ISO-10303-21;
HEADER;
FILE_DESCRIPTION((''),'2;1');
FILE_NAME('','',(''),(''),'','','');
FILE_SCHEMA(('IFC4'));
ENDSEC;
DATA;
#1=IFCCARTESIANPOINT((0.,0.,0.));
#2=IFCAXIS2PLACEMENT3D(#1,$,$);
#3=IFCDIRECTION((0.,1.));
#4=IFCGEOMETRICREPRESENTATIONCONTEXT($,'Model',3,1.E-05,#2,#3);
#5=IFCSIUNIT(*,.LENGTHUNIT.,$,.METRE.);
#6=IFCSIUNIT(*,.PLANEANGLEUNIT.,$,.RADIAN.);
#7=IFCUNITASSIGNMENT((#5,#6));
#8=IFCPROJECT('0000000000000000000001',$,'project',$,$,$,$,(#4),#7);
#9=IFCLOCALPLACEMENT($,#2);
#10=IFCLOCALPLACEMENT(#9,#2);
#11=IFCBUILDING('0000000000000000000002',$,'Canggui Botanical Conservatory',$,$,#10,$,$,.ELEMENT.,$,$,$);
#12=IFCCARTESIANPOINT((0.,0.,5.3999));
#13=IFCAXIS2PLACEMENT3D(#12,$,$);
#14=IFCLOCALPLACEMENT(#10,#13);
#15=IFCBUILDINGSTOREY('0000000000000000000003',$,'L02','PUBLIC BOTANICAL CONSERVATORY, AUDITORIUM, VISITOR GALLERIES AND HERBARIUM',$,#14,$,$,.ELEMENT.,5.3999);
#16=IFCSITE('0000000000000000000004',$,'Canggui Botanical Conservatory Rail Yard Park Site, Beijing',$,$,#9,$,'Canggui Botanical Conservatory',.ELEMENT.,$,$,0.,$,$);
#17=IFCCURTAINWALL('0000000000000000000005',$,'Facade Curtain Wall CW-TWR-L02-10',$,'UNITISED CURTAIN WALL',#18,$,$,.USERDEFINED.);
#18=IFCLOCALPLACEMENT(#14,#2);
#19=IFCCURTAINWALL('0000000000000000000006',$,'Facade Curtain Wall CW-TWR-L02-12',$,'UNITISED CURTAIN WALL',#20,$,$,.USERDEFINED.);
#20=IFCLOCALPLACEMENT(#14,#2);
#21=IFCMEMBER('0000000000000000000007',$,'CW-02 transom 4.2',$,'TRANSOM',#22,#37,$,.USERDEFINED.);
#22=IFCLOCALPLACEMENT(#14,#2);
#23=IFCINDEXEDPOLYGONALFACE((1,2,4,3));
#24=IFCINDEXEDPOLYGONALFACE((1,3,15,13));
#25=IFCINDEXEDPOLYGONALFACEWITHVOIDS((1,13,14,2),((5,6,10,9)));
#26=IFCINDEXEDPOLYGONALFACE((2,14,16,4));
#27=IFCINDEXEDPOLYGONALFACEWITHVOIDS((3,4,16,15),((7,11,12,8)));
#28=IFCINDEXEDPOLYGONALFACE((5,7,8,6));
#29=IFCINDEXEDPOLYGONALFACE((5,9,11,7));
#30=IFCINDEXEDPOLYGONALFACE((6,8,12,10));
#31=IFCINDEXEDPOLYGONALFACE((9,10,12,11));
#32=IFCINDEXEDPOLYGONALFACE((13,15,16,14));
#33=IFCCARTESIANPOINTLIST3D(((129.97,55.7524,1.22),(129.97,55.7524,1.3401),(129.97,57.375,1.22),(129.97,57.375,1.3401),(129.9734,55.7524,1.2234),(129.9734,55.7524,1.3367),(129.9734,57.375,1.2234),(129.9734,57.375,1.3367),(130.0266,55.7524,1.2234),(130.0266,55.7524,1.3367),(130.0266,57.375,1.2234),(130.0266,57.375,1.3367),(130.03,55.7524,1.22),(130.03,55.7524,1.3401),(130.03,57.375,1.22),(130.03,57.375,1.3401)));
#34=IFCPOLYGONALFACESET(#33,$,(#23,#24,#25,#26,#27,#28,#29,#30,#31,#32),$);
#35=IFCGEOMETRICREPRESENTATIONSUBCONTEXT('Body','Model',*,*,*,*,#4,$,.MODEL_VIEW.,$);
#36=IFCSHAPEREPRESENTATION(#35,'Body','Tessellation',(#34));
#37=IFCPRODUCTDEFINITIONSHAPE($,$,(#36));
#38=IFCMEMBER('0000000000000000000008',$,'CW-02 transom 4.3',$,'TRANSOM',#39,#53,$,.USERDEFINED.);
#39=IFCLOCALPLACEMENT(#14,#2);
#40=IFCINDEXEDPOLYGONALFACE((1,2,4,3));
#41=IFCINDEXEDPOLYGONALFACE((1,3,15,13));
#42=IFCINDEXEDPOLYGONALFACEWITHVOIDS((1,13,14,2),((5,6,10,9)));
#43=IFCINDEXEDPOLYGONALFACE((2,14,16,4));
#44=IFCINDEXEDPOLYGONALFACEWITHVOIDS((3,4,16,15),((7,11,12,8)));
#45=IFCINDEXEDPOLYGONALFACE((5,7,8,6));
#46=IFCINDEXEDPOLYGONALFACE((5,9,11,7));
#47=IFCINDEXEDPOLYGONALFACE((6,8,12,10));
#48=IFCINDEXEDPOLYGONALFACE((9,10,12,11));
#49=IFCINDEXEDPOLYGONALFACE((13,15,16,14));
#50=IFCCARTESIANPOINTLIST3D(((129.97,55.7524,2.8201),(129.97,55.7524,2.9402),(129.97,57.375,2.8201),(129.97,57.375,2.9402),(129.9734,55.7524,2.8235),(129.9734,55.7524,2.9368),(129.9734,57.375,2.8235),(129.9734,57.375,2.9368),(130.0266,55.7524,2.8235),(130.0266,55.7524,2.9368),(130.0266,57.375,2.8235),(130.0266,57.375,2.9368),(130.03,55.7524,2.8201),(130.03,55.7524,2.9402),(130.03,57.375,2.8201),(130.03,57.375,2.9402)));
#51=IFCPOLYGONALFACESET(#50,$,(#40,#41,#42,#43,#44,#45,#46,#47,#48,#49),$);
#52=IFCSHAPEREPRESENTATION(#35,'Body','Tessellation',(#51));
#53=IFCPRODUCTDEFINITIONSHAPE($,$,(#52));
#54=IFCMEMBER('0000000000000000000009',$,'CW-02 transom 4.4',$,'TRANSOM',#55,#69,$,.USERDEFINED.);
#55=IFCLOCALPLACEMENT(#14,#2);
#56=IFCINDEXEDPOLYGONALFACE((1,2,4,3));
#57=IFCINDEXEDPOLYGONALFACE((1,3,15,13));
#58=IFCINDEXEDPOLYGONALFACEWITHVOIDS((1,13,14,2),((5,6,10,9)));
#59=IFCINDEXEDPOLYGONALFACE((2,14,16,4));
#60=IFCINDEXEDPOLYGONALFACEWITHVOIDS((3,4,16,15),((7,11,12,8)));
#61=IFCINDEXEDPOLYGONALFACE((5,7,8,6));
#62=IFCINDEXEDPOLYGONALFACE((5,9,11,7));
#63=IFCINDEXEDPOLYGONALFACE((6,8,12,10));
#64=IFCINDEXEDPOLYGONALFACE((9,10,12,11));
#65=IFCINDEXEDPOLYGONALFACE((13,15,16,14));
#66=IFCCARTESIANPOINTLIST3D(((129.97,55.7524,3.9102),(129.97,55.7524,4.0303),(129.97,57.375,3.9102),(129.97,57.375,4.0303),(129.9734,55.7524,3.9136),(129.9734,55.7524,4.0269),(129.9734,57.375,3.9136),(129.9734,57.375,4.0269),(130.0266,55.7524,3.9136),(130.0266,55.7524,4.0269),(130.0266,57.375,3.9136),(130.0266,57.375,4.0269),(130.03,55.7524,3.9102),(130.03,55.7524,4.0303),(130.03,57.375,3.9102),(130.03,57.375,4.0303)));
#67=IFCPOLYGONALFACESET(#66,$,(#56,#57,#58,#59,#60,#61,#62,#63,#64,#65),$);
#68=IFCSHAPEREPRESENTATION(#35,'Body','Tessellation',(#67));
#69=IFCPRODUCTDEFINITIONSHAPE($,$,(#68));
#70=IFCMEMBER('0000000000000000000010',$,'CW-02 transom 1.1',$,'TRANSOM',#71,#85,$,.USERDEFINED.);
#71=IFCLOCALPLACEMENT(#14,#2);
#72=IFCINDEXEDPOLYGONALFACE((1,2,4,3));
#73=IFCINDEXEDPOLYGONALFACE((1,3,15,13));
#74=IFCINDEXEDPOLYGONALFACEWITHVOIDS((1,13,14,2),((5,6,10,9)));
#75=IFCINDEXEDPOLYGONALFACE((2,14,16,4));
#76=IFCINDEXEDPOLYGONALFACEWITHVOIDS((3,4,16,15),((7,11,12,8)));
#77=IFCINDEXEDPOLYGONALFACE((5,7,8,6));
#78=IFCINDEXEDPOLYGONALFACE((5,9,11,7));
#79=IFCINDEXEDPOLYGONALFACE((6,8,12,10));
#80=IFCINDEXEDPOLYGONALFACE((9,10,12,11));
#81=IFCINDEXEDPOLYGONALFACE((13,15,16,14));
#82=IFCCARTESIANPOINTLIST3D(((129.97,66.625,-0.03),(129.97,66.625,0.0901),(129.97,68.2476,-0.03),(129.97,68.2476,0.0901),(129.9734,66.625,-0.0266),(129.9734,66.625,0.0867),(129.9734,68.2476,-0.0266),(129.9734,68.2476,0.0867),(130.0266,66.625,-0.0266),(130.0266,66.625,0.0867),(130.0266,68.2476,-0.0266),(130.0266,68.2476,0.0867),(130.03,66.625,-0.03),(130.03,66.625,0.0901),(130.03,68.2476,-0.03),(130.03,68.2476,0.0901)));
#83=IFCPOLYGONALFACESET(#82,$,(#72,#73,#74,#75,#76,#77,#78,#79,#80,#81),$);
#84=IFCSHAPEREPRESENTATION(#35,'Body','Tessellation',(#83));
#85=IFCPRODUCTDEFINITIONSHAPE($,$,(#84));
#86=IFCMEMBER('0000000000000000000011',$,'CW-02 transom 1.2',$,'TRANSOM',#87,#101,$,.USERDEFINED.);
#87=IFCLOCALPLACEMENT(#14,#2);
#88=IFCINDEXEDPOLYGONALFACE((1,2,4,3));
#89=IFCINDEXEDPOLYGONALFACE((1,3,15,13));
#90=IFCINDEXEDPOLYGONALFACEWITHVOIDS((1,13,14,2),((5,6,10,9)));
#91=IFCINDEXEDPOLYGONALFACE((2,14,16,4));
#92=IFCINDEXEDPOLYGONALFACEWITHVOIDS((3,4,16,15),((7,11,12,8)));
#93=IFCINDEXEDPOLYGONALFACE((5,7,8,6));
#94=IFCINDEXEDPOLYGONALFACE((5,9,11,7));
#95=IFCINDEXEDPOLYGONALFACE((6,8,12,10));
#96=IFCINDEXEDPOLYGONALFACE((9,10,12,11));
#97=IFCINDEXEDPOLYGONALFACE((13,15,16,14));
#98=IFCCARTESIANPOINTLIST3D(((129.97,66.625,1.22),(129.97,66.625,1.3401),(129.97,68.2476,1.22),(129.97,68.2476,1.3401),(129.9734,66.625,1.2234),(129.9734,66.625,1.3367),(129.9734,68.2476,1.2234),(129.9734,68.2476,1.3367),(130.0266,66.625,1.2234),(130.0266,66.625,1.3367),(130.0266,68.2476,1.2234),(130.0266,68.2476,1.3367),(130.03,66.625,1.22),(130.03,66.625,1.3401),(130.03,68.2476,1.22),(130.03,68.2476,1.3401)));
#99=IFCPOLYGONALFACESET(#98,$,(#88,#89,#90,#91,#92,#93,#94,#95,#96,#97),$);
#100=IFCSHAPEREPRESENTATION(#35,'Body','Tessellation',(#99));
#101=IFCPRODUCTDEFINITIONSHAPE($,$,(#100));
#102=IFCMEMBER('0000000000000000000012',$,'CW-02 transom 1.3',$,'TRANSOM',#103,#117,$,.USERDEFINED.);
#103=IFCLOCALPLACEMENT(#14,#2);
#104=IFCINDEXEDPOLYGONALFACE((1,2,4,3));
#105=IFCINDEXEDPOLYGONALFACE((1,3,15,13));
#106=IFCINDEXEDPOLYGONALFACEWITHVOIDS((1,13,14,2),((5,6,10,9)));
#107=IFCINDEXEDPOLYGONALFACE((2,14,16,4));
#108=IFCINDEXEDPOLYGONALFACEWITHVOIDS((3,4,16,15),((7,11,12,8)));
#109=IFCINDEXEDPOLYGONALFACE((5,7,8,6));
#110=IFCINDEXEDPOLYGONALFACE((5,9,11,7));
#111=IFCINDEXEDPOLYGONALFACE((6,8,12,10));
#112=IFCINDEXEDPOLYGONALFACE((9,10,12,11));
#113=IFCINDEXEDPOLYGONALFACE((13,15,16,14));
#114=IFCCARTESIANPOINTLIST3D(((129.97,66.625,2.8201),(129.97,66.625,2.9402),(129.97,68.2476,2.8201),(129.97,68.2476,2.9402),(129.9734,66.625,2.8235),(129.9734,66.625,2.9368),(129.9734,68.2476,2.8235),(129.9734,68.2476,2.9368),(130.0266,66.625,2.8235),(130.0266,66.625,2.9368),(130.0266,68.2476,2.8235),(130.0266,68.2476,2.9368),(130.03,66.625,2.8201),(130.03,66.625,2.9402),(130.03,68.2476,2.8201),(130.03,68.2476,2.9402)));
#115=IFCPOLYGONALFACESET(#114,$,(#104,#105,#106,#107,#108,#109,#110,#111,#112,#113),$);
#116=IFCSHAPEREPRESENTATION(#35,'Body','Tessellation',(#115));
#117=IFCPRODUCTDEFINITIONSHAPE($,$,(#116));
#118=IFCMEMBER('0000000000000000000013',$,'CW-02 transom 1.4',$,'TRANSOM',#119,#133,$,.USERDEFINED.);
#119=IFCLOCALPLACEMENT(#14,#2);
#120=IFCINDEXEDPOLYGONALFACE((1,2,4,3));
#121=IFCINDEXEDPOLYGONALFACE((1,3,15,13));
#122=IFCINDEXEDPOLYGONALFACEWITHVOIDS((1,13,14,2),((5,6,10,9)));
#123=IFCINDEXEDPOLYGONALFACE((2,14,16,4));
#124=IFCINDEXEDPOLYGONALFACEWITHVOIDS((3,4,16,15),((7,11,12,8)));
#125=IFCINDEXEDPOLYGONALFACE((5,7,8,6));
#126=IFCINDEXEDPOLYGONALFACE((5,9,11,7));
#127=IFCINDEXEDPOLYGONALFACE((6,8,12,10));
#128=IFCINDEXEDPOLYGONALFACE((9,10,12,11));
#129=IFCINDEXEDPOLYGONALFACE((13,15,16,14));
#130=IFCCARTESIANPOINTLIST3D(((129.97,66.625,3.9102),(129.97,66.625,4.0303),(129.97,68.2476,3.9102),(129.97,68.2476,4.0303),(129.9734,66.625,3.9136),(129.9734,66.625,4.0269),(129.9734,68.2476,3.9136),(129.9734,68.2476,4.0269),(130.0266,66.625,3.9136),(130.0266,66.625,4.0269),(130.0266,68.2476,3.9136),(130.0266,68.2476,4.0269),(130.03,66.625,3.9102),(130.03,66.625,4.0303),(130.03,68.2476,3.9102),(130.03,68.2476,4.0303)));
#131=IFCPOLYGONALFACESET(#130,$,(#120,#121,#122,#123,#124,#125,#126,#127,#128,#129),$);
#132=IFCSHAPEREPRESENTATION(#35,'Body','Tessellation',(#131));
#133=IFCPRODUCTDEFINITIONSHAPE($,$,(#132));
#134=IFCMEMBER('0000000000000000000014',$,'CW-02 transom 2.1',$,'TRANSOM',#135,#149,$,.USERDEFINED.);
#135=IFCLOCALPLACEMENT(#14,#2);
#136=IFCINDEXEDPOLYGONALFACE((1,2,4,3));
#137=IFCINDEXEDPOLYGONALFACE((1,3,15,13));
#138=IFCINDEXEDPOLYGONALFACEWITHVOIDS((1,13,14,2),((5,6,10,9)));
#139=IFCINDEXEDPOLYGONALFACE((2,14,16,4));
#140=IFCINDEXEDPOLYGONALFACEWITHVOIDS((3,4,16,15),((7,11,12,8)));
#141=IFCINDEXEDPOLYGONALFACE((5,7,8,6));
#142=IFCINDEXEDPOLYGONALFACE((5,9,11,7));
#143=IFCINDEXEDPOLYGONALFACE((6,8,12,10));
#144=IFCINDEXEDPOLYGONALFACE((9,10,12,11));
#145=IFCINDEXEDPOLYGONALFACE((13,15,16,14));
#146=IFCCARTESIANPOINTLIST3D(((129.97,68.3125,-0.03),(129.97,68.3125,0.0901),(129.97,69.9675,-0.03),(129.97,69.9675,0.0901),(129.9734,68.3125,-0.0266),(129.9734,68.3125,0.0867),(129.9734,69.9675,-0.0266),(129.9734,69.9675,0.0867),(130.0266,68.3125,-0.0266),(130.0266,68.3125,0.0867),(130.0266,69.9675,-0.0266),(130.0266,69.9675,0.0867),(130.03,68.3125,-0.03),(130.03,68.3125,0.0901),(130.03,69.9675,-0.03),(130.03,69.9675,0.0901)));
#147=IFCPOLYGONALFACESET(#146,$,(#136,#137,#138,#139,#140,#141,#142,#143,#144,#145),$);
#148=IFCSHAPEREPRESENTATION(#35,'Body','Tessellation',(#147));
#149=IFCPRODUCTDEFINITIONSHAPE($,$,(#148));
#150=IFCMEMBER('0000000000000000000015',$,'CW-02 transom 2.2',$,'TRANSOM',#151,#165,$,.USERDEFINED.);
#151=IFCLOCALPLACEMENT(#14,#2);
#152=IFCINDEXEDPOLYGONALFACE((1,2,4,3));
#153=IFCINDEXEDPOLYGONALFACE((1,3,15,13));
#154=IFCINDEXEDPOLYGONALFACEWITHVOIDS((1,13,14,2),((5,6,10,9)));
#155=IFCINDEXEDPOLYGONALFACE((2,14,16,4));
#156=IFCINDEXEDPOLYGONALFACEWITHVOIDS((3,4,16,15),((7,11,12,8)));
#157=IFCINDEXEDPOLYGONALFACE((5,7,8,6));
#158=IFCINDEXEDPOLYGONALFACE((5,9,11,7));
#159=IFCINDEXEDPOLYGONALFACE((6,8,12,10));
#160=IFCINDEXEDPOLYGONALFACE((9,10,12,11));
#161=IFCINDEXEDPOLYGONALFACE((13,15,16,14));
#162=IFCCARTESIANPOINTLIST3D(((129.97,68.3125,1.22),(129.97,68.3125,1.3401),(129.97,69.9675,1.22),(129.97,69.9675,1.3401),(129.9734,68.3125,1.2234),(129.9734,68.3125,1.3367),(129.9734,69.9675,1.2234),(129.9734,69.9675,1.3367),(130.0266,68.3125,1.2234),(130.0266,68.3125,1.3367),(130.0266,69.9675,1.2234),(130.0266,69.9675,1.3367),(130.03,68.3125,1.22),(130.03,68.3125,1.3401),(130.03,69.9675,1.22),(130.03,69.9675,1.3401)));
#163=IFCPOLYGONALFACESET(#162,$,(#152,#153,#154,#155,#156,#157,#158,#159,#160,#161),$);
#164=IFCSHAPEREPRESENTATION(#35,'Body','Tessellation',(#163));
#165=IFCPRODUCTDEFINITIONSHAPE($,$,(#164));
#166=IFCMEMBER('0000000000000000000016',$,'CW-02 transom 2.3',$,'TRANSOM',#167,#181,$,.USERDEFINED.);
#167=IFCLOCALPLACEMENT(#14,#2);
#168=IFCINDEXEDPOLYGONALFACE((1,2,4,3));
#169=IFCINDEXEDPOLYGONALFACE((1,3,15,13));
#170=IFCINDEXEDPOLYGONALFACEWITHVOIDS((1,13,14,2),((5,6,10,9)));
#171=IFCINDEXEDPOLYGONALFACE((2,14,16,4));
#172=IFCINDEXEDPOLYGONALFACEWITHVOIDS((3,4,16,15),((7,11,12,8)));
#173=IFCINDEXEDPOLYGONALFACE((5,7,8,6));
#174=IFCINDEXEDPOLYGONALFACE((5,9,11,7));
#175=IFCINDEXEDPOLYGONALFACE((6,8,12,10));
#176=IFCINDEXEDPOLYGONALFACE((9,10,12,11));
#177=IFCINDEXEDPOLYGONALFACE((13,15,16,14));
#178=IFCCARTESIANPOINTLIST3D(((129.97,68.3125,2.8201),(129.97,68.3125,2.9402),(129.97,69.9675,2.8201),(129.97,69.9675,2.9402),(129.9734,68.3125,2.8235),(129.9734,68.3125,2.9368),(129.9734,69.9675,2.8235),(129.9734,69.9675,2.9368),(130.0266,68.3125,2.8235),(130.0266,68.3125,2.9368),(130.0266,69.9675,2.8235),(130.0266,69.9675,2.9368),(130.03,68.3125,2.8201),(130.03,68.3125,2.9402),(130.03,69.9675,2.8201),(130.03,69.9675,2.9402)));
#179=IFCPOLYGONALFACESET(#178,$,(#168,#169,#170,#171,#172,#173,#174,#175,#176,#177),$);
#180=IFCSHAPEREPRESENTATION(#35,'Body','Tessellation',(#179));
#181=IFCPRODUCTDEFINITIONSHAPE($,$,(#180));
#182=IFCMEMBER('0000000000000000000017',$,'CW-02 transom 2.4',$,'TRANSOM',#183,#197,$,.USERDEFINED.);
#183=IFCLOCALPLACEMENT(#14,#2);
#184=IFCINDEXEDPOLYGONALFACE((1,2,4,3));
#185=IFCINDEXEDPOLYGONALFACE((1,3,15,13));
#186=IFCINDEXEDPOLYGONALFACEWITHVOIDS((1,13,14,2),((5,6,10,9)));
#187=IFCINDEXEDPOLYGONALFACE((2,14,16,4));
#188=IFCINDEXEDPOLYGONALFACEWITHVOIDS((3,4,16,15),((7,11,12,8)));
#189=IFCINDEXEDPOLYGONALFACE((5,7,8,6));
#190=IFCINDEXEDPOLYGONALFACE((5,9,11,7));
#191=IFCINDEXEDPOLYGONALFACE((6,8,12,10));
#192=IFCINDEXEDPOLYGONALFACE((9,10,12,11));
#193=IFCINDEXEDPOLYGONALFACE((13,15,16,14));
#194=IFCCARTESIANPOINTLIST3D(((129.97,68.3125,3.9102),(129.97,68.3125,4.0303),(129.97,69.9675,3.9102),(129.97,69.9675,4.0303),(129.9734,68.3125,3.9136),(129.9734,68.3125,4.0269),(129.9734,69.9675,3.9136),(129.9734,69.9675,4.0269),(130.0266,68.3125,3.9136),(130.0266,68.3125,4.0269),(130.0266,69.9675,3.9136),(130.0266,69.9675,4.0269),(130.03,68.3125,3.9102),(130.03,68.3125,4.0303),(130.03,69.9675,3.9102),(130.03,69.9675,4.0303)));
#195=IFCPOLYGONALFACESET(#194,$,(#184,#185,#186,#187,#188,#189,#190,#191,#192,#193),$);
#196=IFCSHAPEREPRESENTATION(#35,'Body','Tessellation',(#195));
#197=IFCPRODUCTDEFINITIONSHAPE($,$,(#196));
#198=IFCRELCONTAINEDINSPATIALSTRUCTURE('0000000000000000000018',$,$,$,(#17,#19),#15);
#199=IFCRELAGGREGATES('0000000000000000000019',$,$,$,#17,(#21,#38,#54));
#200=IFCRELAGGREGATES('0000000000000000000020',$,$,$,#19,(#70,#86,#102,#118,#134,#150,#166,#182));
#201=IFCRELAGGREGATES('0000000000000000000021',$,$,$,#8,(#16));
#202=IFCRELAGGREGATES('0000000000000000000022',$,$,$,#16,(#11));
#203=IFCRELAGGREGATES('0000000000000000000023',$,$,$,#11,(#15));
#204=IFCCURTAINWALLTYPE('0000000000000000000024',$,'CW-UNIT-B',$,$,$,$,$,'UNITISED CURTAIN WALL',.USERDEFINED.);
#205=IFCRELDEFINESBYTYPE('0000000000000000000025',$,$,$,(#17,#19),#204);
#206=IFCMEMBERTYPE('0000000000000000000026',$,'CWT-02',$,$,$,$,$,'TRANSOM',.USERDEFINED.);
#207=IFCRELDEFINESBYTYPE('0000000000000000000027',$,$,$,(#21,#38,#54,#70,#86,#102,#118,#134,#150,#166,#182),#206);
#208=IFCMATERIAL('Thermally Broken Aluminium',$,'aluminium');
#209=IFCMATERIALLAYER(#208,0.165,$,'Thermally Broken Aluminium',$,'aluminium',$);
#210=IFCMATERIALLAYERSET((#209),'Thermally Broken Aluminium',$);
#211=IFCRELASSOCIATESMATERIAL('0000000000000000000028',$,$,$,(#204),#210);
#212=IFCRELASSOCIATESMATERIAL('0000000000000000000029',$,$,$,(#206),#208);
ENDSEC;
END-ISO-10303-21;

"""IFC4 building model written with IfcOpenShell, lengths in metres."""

from ifc_helpers import new_model, si_unit, direction, frame, origin, origin_2d, place, context, subcontext, project, spatial, hollow_rectangle, extrude, material, layer, layer_set, material_profile, profile_set, type_object, element, aggregate, save


model = new_model("IFC4")

# Units and contexts
model_context = context("Model", 3, precision=1e-05, world=origin(), true_north=direction((0.0, 1.0)))
body_context = subcontext(model_context, "Body", "Model", "MODEL_VIEW")
ifc_project = project(units=[si_unit("LENGTHUNIT", "METRE"), si_unit("PLANEANGLEUNIT", "RADIAN")], contexts=[model_context])

# Site, building, storey
site_placement = place(None, origin())
site = spatial("IfcSite", under=ifc_project, at=site_placement, Name="Canggui Botanical Conservatory Rail Yard Park Site, Beijing", LongName="Canggui Botanical Conservatory", CompositionType="ELEMENT", RefElevation=0.0)
building_placement = place(site_placement, origin())
building = spatial("IfcBuilding", under=site, at=building_placement, Name="Canggui Botanical Conservatory", CompositionType="ELEMENT")
storey_placement = place(building_placement, frame((0.0, 0.0, 5.3999)))
storey = spatial("IfcBuildingStorey", under=building, at=storey_placement, Name="L02", Description="PUBLIC BOTANICAL CONSERVATORY, AUDITORIUM, VISITOR GALLERIES AND HERBARIUM", CompositionType="ELEMENT", Elevation=5.3999)

# Curtain walls
ifc_material_1 = material(Name="Thermally Broken Aluminium", Category="aluminium")
ifc_layer_1 = layer(ifc_material_1, 0.165, Name="Thermally Broken Aluminium", Category="aluminium")
ifc_layer_set_1 = layer_set([ifc_layer_1], Name="Thermally Broken Aluminium")
curtain_wall_type = type_object("IfcCurtainWallType", Name="CW-UNIT-B", ElementType="UNITISED CURTAIN WALL", PredefinedType="USERDEFINED", material=ifc_layer_set_1)
curtain_wall_1_placement = place(storey_placement, origin())
curtain_wall_1 = element("IfcCurtainWall", 1, at=curtain_wall_1_placement, inside=storey, type_object=curtain_wall_type, Name="Facade Curtain Wall CW-TWR-L02-10", ObjectType="UNITISED CURTAIN WALL", PredefinedType="USERDEFINED")
curtain_wall_2_placement = place(storey_placement, origin())
curtain_wall_2 = element("IfcCurtainWall", 2, at=curtain_wall_2_placement, inside=storey, type_object=curtain_wall_type, Name="Facade Curtain Wall CW-TWR-L02-12", ObjectType="UNITISED CURTAIN WALL", PredefinedType="USERDEFINED")

# Members
ifc_material_profile_1 = material_profile(ifc_material_1, hollow_rectangle(XDim=0.0601, YDim=0.1201, WallThickness=0.0034, at=origin_2d()), Name="CWT 60x120x3.5")
ifc_profile_set_1 = profile_set([ifc_material_profile_1], Name="Thermally Broken Aluminium")
member_type_1 = type_object("IfcMemberType", Name="CWT-02", ElementType="TRANSOM", PredefinedType="USERDEFINED", material=ifc_profile_set_1)
member_1_placement = place(storey_placement, frame((130.0, 55.7524, 1.28), z_axis=(0.0, 1.0, 0.0), x_axis=(-1.0, 0.0, 0.0)))
member_1 = element("IfcMember", 3, at=member_1_placement, type_object=member_type_1, Name="CW-02 transom 4.2", ObjectType="TRANSOM", PredefinedType="USERDEFINED", context=body_context, shape_type="SweptSolid", body=[
    extrude(hollow_rectangle(XDim=0.0601, YDim=0.1201, WallThickness=0.0034, at=origin_2d()), origin(), (0.0, 0.0, 1.0), 1.6226),
])
member_2_placement = place(storey_placement, frame((130.0, 55.7524, 2.8801), z_axis=(0.0, 1.0, 0.0), x_axis=(-1.0, 0.0, 0.0)))
member_2 = element("IfcMember", 4, at=member_2_placement, type_object=member_type_1, Name="CW-02 transom 4.3", ObjectType="TRANSOM", PredefinedType="USERDEFINED", context=body_context, shape_type="SweptSolid", body=[
    extrude(hollow_rectangle(XDim=0.0601, YDim=0.1201, WallThickness=0.0034, at=origin_2d()), origin(), (0.0, 0.0, 1.0), 1.6226),
])
member_3_placement = place(storey_placement, frame((130.0, 55.7524, 3.9702), z_axis=(0.0, 1.0, 0.0), x_axis=(-1.0, 0.0, 0.0)))
member_3 = element("IfcMember", 5, at=member_3_placement, type_object=member_type_1, Name="CW-02 transom 4.4", ObjectType="TRANSOM", PredefinedType="USERDEFINED", context=body_context, shape_type="SweptSolid", body=[
    extrude(hollow_rectangle(XDim=0.0601, YDim=0.1201, WallThickness=0.0034, at=origin_2d()), origin(), (0.0, 0.0, 1.0), 1.6226),
])
member_4_placement = place(storey_placement, frame((130.0, 66.625, 0.03), z_axis=(0.0, 1.0, 0.0), x_axis=(-1.0, 0.0, 0.0)))
member_4 = element("IfcMember", 6, at=member_4_placement, type_object=member_type_1, Name="CW-02 transom 1.1", ObjectType="TRANSOM", PredefinedType="USERDEFINED", context=body_context, shape_type="SweptSolid", body=[
    extrude(hollow_rectangle(XDim=0.0601, YDim=0.1201, WallThickness=0.0034, at=origin_2d()), origin(), (0.0, 0.0, 1.0), 1.6226),
])
member_5_placement = place(storey_placement, frame((130.0, 66.625, 1.28), z_axis=(0.0, 1.0, 0.0), x_axis=(-1.0, 0.0, 0.0)))
member_5 = element("IfcMember", 7, at=member_5_placement, type_object=member_type_1, Name="CW-02 transom 1.2", ObjectType="TRANSOM", PredefinedType="USERDEFINED", context=body_context, shape_type="SweptSolid", body=[
    extrude(hollow_rectangle(XDim=0.0601, YDim=0.1201, WallThickness=0.0034, at=origin_2d()), origin(), (0.0, 0.0, 1.0), 1.6226),
])
member_6_placement = place(storey_placement, frame((130.0, 66.625, 2.8801), z_axis=(0.0, 1.0, 0.0), x_axis=(-1.0, 0.0, 0.0)))
member_6 = element("IfcMember", 8, at=member_6_placement, type_object=member_type_1, Name="CW-02 transom 1.3", ObjectType="TRANSOM", PredefinedType="USERDEFINED", context=body_context, shape_type="SweptSolid", body=[
    extrude(hollow_rectangle(XDim=0.0601, YDim=0.1201, WallThickness=0.0034, at=origin_2d()), origin(), (0.0, 0.0, 1.0), 1.6226),
])
member_7_placement = place(storey_placement, frame((130.0, 66.625, 3.9702), z_axis=(0.0, 1.0, 0.0), x_axis=(-1.0, 0.0, 0.0)))
member_7 = element("IfcMember", 9, at=member_7_placement, type_object=member_type_1, Name="CW-02 transom 1.4", ObjectType="TRANSOM", PredefinedType="USERDEFINED", context=body_context, shape_type="SweptSolid", body=[
    extrude(hollow_rectangle(XDim=0.0601, YDim=0.1201, WallThickness=0.0034, at=origin_2d()), origin(), (0.0, 0.0, 1.0), 1.6226),
])
member_8_placement = place(storey_placement, frame((130.0, 68.3125, 0.03), z_axis=(0.0, 1.0, 0.0), x_axis=(-1.0, 0.0, 0.0)))
member_8 = element("IfcMember", 10, at=member_8_placement, type_object=member_type_1, Name="CW-02 transom 2.1", ObjectType="TRANSOM", PredefinedType="USERDEFINED", context=body_context, shape_type="SweptSolid", body=[
    extrude(hollow_rectangle(XDim=0.0601, YDim=0.1201, WallThickness=0.0034, at=origin_2d()), origin(), (0.0, 0.0, 1.0), 1.655),
])
member_9_placement = place(storey_placement, frame((130.0, 68.3125, 1.28), z_axis=(0.0, 1.0, 0.0), x_axis=(-1.0, 0.0, 0.0)))
member_9 = element("IfcMember", 11, at=member_9_placement, type_object=member_type_1, Name="CW-02 transom 2.2", ObjectType="TRANSOM", PredefinedType="USERDEFINED", context=body_context, shape_type="SweptSolid", body=[
    extrude(hollow_rectangle(XDim=0.0601, YDim=0.1201, WallThickness=0.0034, at=origin_2d()), origin(), (0.0, 0.0, 1.0), 1.655),
])
member_10_placement = place(storey_placement, frame((130.0, 68.3125, 2.8801), z_axis=(0.0, 1.0, 0.0), x_axis=(-1.0, 0.0, 0.0)))
member_10 = element("IfcMember", 12, at=member_10_placement, type_object=member_type_1, Name="CW-02 transom 2.3", ObjectType="TRANSOM", PredefinedType="USERDEFINED", context=body_context, shape_type="SweptSolid", body=[
    extrude(hollow_rectangle(XDim=0.0601, YDim=0.1201, WallThickness=0.0034, at=origin_2d()), origin(), (0.0, 0.0, 1.0), 1.655),
])
member_11_placement = place(storey_placement, frame((130.0, 68.3125, 3.9702), z_axis=(0.0, 1.0, 0.0), x_axis=(-1.0, 0.0, 0.0)))
member_11 = element("IfcMember", 13, at=member_11_placement, type_object=member_type_1, Name="CW-02 transom 2.4", ObjectType="TRANSOM", PredefinedType="USERDEFINED", context=body_context, shape_type="SweptSolid", body=[
    extrude(hollow_rectangle(XDim=0.0601, YDim=0.1201, WallThickness=0.0034, at=origin_2d()), origin(), (0.0, 0.0, 1.0), 1.655),
])

aggregate(curtain_wall_1, [member_1, member_2, member_3])
aggregate(curtain_wall_2, [member_4, member_5, member_6, member_7, member_8, member_9, member_10, member_11])

save(model, "model.ifc")
